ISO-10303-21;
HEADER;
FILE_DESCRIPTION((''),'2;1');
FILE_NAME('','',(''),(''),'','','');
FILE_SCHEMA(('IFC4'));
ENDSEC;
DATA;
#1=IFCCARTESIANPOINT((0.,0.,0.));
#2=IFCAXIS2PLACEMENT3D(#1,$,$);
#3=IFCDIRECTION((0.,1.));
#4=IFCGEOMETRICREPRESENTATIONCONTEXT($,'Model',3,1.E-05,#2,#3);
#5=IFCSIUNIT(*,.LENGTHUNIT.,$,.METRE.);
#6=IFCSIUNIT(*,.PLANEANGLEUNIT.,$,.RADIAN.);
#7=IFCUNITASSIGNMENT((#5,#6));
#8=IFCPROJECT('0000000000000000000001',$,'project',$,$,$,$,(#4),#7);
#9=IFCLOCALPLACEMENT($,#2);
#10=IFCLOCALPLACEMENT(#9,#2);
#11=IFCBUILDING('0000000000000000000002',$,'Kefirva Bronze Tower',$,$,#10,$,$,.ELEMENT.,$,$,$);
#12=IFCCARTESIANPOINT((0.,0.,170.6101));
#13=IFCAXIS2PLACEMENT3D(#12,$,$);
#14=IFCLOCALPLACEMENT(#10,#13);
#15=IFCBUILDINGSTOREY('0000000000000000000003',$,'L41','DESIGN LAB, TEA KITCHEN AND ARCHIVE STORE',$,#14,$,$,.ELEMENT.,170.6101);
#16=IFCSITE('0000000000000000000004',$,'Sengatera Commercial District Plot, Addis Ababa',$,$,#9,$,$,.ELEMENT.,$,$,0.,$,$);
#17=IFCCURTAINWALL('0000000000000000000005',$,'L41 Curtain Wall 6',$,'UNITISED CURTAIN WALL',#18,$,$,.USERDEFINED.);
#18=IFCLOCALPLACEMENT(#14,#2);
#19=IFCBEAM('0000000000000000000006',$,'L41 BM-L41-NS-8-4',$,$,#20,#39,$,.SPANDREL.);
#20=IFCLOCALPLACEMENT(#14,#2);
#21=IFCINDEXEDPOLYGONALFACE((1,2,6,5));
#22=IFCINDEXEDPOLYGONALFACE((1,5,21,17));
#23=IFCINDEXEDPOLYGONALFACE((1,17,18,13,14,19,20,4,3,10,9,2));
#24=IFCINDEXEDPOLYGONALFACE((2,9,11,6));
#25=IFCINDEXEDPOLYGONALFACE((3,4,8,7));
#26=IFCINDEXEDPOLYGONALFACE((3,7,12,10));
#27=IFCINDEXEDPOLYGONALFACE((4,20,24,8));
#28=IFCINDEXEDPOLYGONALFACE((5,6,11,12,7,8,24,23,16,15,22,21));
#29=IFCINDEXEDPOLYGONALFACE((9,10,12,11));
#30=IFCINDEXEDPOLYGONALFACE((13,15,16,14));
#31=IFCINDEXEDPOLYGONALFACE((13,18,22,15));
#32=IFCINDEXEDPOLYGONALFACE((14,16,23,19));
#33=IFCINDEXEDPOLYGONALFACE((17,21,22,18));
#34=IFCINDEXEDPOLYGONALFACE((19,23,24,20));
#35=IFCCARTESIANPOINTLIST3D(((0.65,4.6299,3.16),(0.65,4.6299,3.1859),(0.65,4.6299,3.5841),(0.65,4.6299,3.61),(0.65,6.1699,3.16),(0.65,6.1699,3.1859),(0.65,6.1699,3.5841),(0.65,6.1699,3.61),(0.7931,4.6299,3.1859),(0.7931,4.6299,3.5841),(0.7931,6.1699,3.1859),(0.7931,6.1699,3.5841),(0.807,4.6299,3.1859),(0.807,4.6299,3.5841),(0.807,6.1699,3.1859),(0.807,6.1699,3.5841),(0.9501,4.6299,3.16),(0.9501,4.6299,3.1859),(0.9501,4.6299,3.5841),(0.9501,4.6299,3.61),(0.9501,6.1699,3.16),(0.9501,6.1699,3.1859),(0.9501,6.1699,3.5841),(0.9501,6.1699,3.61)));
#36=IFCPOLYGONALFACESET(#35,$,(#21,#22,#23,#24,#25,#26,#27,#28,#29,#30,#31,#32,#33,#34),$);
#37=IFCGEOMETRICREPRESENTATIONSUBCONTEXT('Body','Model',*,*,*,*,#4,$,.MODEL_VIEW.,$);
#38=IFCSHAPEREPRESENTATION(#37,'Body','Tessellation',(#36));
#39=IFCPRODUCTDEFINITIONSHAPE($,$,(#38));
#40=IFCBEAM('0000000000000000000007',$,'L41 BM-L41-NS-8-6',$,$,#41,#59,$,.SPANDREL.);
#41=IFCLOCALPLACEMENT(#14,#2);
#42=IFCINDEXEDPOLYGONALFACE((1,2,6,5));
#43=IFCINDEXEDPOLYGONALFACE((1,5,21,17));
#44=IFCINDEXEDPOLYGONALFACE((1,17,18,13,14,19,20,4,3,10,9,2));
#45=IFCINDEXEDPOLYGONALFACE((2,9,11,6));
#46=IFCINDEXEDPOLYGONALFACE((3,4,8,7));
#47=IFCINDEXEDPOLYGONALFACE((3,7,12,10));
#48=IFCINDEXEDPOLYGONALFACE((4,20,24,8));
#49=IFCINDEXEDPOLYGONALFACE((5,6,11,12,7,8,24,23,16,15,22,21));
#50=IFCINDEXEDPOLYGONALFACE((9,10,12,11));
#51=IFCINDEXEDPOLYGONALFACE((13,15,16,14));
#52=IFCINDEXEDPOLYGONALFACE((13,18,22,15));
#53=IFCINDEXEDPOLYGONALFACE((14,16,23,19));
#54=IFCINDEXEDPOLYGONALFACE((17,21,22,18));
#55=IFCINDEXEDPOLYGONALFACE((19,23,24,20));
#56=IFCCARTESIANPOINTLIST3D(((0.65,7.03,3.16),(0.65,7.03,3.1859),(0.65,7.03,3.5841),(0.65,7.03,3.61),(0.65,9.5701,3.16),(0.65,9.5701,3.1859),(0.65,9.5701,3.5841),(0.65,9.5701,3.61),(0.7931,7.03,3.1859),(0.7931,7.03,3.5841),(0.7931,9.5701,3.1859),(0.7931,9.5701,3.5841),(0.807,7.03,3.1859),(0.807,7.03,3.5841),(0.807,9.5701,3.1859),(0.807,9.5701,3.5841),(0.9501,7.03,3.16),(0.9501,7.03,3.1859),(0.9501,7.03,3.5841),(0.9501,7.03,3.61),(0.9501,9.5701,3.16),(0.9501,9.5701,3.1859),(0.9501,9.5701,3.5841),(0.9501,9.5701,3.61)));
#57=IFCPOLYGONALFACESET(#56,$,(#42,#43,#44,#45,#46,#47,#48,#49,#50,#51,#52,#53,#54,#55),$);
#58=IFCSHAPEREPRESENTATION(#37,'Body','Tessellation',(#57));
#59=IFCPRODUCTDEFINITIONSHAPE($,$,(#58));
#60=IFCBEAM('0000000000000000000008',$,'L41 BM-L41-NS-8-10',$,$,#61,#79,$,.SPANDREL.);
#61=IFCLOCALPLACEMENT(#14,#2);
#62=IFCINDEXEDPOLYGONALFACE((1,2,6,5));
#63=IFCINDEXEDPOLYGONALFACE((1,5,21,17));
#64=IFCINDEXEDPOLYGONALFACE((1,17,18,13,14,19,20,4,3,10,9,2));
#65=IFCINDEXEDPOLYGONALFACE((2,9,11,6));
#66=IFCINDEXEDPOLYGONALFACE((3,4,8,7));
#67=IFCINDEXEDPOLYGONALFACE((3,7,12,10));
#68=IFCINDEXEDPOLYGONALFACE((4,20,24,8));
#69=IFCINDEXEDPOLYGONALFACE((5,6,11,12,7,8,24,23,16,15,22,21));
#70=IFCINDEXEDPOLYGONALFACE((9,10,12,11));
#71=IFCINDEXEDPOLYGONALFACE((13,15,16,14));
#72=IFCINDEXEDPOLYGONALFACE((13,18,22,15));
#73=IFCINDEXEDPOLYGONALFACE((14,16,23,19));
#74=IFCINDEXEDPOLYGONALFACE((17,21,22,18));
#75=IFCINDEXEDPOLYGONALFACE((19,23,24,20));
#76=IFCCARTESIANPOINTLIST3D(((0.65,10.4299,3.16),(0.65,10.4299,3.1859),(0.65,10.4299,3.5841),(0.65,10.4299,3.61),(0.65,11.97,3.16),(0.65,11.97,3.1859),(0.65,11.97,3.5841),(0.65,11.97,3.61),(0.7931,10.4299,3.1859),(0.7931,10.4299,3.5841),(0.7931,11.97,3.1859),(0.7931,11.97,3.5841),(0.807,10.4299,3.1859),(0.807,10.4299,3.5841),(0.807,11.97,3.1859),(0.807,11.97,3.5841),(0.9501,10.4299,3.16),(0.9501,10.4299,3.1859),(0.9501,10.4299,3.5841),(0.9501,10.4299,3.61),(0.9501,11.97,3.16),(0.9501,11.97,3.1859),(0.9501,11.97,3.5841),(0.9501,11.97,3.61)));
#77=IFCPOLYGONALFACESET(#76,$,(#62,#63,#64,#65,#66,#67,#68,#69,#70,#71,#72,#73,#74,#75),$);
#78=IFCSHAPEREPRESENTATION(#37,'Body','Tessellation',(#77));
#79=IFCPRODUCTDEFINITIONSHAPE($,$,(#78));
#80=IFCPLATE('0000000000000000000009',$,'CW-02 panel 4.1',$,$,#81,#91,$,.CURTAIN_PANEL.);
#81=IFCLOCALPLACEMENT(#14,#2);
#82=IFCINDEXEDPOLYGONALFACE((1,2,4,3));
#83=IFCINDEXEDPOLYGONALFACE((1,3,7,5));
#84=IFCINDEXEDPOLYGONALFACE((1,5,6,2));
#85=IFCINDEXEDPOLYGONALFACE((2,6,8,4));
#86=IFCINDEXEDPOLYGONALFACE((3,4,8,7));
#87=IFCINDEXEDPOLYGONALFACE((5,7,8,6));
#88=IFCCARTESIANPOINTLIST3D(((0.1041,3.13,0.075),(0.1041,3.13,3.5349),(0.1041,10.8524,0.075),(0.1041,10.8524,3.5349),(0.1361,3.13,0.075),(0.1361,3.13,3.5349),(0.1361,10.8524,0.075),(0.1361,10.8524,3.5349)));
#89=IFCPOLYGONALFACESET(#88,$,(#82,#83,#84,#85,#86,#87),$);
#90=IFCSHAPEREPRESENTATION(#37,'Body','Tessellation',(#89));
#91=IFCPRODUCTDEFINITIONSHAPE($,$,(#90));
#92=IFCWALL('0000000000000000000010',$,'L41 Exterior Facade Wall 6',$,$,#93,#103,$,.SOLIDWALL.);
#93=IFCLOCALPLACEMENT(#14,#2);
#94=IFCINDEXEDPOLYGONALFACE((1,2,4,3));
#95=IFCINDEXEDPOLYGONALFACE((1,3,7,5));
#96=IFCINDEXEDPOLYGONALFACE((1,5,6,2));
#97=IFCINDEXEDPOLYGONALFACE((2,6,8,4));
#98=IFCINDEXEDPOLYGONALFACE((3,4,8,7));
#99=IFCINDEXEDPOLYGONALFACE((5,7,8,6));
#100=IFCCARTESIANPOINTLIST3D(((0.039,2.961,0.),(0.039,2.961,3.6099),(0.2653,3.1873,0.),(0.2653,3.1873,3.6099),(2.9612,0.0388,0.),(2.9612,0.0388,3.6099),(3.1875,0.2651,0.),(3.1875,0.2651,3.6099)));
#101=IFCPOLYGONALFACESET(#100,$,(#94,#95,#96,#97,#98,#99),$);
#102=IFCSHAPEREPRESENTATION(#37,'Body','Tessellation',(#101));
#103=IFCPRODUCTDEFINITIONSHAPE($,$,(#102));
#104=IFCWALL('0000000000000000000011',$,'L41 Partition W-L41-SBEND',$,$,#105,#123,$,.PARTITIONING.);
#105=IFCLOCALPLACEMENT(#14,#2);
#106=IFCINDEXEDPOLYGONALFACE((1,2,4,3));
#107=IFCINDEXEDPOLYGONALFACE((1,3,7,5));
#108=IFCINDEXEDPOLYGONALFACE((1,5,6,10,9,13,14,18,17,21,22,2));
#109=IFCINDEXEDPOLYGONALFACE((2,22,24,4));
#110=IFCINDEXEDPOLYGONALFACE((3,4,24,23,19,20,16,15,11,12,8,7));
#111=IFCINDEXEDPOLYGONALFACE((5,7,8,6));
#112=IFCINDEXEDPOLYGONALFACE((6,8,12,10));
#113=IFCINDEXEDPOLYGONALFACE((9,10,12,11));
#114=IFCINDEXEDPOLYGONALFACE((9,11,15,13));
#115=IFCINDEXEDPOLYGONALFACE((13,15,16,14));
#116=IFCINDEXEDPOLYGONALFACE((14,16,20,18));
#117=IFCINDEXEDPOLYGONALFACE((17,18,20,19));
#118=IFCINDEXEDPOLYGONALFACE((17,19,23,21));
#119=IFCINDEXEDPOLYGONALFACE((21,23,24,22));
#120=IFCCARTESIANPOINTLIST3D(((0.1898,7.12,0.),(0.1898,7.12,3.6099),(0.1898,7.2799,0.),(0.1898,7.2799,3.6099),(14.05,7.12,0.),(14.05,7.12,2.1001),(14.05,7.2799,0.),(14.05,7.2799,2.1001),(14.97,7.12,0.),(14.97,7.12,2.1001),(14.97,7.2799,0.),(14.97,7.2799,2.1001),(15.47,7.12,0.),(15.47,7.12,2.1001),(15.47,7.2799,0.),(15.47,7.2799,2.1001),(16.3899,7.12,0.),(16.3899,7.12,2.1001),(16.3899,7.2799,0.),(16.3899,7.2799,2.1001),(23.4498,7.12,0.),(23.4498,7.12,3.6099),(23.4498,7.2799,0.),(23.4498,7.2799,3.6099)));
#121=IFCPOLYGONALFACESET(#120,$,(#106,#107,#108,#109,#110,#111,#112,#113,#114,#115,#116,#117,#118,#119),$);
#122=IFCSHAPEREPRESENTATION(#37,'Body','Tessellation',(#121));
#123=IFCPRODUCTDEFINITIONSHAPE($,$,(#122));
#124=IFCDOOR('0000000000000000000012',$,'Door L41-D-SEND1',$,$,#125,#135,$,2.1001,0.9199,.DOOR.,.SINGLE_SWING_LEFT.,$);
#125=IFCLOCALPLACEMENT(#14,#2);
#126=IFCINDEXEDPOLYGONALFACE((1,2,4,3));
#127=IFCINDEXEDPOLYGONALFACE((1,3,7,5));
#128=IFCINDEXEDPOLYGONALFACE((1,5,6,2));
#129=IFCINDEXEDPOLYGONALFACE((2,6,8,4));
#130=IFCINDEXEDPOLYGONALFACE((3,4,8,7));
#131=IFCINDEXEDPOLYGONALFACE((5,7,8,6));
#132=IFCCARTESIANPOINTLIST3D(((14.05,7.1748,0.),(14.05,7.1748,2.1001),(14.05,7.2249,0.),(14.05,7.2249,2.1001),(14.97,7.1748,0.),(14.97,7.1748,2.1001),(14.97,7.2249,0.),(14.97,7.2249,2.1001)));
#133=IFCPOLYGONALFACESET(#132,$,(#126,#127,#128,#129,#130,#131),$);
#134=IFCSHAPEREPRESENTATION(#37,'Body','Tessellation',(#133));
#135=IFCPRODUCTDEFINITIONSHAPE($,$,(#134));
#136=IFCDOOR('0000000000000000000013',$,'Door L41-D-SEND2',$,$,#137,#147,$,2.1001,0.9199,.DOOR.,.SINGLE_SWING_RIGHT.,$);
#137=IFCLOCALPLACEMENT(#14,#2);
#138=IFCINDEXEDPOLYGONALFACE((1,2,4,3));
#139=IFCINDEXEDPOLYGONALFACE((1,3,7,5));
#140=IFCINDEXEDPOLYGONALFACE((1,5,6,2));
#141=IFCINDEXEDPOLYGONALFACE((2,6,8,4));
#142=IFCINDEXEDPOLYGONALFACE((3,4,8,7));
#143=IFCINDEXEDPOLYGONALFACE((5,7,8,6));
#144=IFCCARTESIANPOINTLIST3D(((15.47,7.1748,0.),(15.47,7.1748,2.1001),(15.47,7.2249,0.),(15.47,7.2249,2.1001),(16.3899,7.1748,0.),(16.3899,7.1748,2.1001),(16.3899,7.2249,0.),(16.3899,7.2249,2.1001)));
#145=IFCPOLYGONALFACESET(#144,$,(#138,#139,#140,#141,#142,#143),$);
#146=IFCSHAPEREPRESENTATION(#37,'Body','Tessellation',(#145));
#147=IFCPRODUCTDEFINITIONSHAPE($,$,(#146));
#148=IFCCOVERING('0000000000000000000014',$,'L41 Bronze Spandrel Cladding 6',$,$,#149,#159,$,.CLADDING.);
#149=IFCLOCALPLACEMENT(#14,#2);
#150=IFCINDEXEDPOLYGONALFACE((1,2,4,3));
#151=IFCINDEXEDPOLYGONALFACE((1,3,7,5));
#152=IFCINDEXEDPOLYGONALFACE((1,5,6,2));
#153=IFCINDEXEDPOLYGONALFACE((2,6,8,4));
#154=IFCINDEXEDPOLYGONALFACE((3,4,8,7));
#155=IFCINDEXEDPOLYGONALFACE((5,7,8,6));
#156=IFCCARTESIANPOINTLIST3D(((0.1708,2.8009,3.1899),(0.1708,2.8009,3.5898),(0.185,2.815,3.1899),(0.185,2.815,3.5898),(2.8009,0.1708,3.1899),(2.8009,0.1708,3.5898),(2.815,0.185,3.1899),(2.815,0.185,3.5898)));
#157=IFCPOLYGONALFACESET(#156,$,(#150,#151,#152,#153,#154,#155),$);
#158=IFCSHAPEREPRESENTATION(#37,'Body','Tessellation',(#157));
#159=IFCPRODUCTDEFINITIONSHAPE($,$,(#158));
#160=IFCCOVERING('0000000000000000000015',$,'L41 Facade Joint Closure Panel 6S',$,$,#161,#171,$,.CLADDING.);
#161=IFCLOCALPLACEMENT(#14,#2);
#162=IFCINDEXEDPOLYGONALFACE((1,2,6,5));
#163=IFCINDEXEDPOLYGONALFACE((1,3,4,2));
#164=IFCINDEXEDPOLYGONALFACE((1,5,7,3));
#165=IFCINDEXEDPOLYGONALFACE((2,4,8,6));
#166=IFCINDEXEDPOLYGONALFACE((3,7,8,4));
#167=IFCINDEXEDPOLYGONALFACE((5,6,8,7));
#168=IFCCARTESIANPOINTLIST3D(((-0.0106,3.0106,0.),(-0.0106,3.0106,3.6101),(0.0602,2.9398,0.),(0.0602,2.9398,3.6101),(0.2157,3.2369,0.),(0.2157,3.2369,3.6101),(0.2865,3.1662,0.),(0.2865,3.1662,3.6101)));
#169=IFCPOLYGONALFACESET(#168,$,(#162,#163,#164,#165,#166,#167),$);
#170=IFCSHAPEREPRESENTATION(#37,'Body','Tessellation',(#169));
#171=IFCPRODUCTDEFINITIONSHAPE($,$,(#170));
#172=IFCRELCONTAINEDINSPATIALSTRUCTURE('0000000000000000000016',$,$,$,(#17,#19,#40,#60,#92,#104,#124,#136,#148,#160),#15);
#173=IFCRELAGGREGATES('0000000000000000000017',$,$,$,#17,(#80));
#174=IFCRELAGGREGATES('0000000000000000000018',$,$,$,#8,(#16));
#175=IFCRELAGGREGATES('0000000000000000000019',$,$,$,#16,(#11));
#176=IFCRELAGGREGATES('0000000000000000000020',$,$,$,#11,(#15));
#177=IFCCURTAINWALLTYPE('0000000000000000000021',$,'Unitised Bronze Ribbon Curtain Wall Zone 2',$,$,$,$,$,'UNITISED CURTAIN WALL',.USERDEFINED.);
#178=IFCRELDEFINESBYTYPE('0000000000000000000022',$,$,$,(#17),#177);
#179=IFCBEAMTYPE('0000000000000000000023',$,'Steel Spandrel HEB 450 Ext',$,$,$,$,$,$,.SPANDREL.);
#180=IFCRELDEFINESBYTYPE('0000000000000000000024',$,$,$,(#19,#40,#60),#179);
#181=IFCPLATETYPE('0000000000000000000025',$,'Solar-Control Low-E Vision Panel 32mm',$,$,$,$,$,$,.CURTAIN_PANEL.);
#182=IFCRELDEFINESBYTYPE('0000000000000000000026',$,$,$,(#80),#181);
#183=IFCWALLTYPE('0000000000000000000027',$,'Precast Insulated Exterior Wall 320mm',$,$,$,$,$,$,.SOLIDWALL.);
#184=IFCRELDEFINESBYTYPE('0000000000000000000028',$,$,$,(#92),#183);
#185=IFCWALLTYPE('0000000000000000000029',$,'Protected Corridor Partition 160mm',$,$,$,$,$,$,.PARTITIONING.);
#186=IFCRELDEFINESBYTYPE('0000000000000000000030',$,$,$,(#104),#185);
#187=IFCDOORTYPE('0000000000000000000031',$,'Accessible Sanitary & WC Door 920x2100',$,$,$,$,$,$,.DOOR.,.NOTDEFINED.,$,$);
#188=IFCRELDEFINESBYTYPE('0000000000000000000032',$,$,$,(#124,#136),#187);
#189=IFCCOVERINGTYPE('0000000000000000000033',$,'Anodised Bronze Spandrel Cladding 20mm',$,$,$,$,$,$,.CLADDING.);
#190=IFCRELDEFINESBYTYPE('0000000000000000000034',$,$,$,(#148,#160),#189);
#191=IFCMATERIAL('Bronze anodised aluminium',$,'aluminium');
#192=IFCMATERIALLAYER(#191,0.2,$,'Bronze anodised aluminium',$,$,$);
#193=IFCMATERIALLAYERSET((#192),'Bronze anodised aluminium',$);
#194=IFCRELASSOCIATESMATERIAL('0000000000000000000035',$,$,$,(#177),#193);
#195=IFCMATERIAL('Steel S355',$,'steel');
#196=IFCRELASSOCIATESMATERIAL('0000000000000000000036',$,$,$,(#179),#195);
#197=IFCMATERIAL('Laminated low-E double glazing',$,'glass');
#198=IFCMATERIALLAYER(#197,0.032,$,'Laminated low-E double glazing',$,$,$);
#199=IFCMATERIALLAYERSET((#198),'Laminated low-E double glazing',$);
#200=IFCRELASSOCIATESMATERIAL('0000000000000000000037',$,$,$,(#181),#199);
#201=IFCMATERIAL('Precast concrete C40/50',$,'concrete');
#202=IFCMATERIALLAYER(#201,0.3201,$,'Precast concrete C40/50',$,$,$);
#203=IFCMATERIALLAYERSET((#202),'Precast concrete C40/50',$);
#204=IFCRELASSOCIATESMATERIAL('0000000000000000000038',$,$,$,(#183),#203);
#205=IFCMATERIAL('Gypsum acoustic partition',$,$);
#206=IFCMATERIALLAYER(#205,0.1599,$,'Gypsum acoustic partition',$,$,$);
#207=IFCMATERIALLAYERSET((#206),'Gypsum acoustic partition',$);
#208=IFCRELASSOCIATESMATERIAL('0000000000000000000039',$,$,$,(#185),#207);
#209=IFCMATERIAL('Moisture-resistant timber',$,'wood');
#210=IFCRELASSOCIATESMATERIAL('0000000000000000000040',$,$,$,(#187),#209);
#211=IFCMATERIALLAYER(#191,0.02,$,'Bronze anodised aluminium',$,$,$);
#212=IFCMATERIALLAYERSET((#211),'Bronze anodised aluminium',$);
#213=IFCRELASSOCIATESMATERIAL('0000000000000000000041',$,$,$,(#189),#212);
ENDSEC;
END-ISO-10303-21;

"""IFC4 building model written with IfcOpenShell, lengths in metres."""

from ifc_helpers import new_model, si_unit, direction, frame, frame_2d, origin, origin_2d, place, context, subcontext, project, spatial, rectangle, i_section, extrude, material, layer, layer_set, material_profile, profile_set, type_object, element, fill, aggregate, save


model = new_model("IFC4")

# Units and contexts
model_context = context("Model", 3, precision=1e-05, world=origin(), true_north=direction((0.0, 1.0)))
body_context = subcontext(model_context, "Body", "Model", "MODEL_VIEW")
ifc_project = project(units=[si_unit("LENGTHUNIT", "METRE"), si_unit("PLANEANGLEUNIT", "RADIAN")], contexts=[model_context])

# Site, building, storey
site_placement = place(None, origin())
site = spatial("IfcSite", under=ifc_project, at=site_placement, Name="Sengatera Commercial District Plot, Addis Ababa", CompositionType="ELEMENT", RefElevation=0.0)
building_placement = place(site_placement, origin())
building = spatial("IfcBuilding", under=site, at=building_placement, Name="Kefirva Bronze Tower", CompositionType="ELEMENT")
storey_placement = place(building_placement, frame((0.0, 0.0, 170.6101)))
storey = spatial("IfcBuildingStorey", under=building, at=storey_placement, Name="L41", Description="DESIGN LAB, TEA KITCHEN AND ARCHIVE STORE", CompositionType="ELEMENT", Elevation=170.6101)

# Curtain wall
ifc_material_1 = material(Name="Bronze anodised aluminium", Category="aluminium")
ifc_layer_1 = layer(ifc_material_1, 0.2, Name="Bronze anodised aluminium")
ifc_layer_set_1 = layer_set([ifc_layer_1], Name="Bronze anodised aluminium")
curtain_wall_type = type_object("IfcCurtainWallType", Name="Unitised Bronze Ribbon Curtain Wall Zone 2", ElementType="UNITISED CURTAIN WALL", PredefinedType="USERDEFINED", material=ifc_layer_set_1)
curtain_wall_placement = place(storey_placement, origin())
curtain_wall = element("IfcCurtainWall", 1, at=curtain_wall_placement, inside=storey, type_object=curtain_wall_type, Name="L41 Curtain Wall 6", ObjectType="UNITISED CURTAIN WALL", PredefinedType="USERDEFINED")

# Beams
ifc_material_2 = material(Name="Steel S355", Category="steel")
ifc_material_profile_1 = material_profile(ifc_material_2, i_section(OverallWidth=0.3, OverallDepth=0.45, WebThickness=0.0139, FlangeThickness=0.0259, at=origin_2d()), Name="HEB 450")
ifc_profile_set_1 = profile_set([ifc_material_profile_1], Name="Steel S355")
beam_type_1 = type_object("IfcBeamType", Name="Steel Spandrel HEB 450 Ext", PredefinedType="SPANDREL", material=ifc_profile_set_1)
beam_1_placement = place(storey_placement, frame((0.8, 4.6299, 3.385), z_axis=(0.0, 1.0, 0.0), x_axis=(-1.0, 0.0, 0.0)))
element("IfcBeam", 2, at=beam_1_placement, inside=storey, type_object=beam_type_1, Name="L41 BM-L41-NS-8-4", PredefinedType="SPANDREL", context=body_context, shape_type="SweptSolid", body=[
    extrude(i_section(OverallWidth=0.3, OverallDepth=0.45, WebThickness=0.0139, FlangeThickness=0.0259, at=origin_2d()), origin(), (0.0, 0.0, 1.0), 1.54),
])
beam_2_placement = place(storey_placement, frame((0.8, 7.03, 3.385), z_axis=(0.0, 1.0, 0.0), x_axis=(-1.0, 0.0, 0.0)))
element("IfcBeam", 3, at=beam_2_placement, inside=storey, type_object=beam_type_1, Name="L41 BM-L41-NS-8-6", PredefinedType="SPANDREL", context=body_context, shape_type="SweptSolid", body=[
    extrude(i_section(OverallWidth=0.3, OverallDepth=0.45, WebThickness=0.0139, FlangeThickness=0.0259, at=origin_2d()), origin(), (0.0, 0.0, 1.0), 2.54),
])
beam_3_placement = place(storey_placement, frame((0.8, 10.4299, 3.385), z_axis=(0.0, 1.0, 0.0), x_axis=(-1.0, 0.0, 0.0)))
element("IfcBeam", 4, at=beam_3_placement, inside=storey, type_object=beam_type_1, Name="L41 BM-L41-NS-8-10", PredefinedType="SPANDREL", context=body_context, shape_type="SweptSolid", body=[
    extrude(i_section(OverallWidth=0.3, OverallDepth=0.45, WebThickness=0.0139, FlangeThickness=0.0259, at=origin_2d()), origin(), (0.0, 0.0, 1.0), 1.54),
])

# Plate
ifc_material_3 = material(Name="Laminated low-E double glazing", Category="glass")
ifc_layer_2 = layer(ifc_material_3, 0.032, Name="Laminated low-E double glazing")
ifc_layer_set_2 = layer_set([ifc_layer_2], Name="Laminated low-E double glazing")
plate_type = type_object("IfcPlateType", Name="Solar-Control Low-E Vision Panel 32mm", PredefinedType="CURTAIN_PANEL", material=ifc_layer_set_2)
plate_placement = place(storey_placement, frame((0.1201, 6.9912, 0.075), z_axis=(0.0, 0.0, 1.0), x_axis=(0.0, -1.0, 0.0)))
plate = element("IfcPlate", 5, at=plate_placement, type_object=plate_type, Name="CW-02 panel 4.1", PredefinedType="CURTAIN_PANEL", context=body_context, shape_type="SweptSolid", body=[
    extrude(rectangle(XDim=7.7224, YDim=0.032, at=origin_2d()), origin(), (0.0, 0.0, 1.0), 3.46),
])
aggregate(curtain_wall, [plate])

# Wall
ifc_material_4 = material(Name="Precast concrete C40/50", Category="concrete")
ifc_layer_3 = layer(ifc_material_4, 0.3201, Name="Precast concrete C40/50")
ifc_layer_set_3 = layer_set([ifc_layer_3], Name="Precast concrete C40/50")
wall_type_1 = type_object("IfcWallType", Name="Precast Insulated Exterior Wall 320mm", PredefinedType="SOLIDWALL", material=ifc_layer_set_3)
wall_1_placement = place(storey_placement, frame((0.1521, 3.0742, 0.0), z_axis=(0.0, 0.0, 1.0), x_axis=(0.707107, -0.707107, 0.0)))
element("IfcWall", 6, at=wall_1_placement, inside=storey, type_object=wall_type_1, Name="L41 Exterior Facade Wall 6", PredefinedType="SOLIDWALL", context=body_context, shape_type="SweptSolid", body=[
    extrude(rectangle(XDim=4.1326, YDim=0.3201, at=frame_2d((2.0664, 0.0))), origin(), (0.0, 0.0, 1.0), 3.6099),
])

# Wall, openings, doors
ifc_material_5 = material(Name="Gypsum acoustic partition")
ifc_layer_4 = layer(ifc_material_5, 0.1599, Name="Gypsum acoustic partition")
ifc_layer_set_4 = layer_set([ifc_layer_4], Name="Gypsum acoustic partition")
wall_type_2 = type_object("IfcWallType", Name="Protected Corridor Partition 160mm", PredefinedType="PARTITIONING", material=ifc_layer_set_4)
wall_2_placement = place(storey_placement, frame((0.1899, 7.2, 0.0), z_axis=(0.0, 0.0, 1.0), x_axis=(1.0, 0.0, 0.0)))
wall_2 = element("IfcWall", 7, at=wall_2_placement, inside=storey, type_object=wall_type_2, Name="L41 Partition W-L41-SBEND", PredefinedType="PARTITIONING", context=body_context, shape_type="SweptSolid", body=[
    extrude(rectangle(XDim=23.26, YDim=0.1599, at=frame_2d((11.6299, 0.0))), origin(), (0.0, 0.0, 1.0), 3.6099),
])
opening_1_placement = place(wall_2_placement, frame((13.8601, 0.0, 0.0)))
opening_1 = element("IfcOpeningElement", 8, at=opening_1_placement, cuts=wall_2, PredefinedType="OPENING", context=body_context, shape_type="SweptSolid", body=[
    extrude(rectangle(XDim=0.9199, YDim=2.1001, at=frame_2d((0.46, 1.05))), frame((0.0, 0.0898, 0.0), z_axis=(0.0, -1.0, 0.0), x_axis=(1.0, 0.0, 0.0)), (0.0, 0.0, 1.0), 0.1799),
])
opening_2_placement = place(wall_2_placement, frame((15.28, 0.0, 0.0)))
opening_2 = element("IfcOpeningElement", 9, at=opening_2_placement, cuts=wall_2, PredefinedType="OPENING", context=body_context, shape_type="SweptSolid", body=[
    extrude(rectangle(XDim=0.9199, YDim=2.1001, at=frame_2d((0.46, 1.05))), frame((0.0, 0.0898, 0.0), z_axis=(0.0, -1.0, 0.0), x_axis=(1.0, 0.0, 0.0)), (0.0, 0.0, 1.0), 0.1799),
])
ifc_material_6 = material(Name="Moisture-resistant timber", Category="wood")
door_type = type_object("IfcDoorType", Name="Accessible Sanitary & WC Door 920x2100", OperationType="NOTDEFINED", PredefinedType="DOOR", material=ifc_material_6)
door_1_placement = place(opening_1_placement, origin())
door_1 = element("IfcDoor", 10, at=door_1_placement, inside=storey, type_object=door_type, Name="Door L41-D-SEND1", OperationType="SINGLE_SWING_LEFT", OverallHeight=2.1001, OverallWidth=0.9199, PredefinedType="DOOR", context=body_context, shape_type="SweptSolid", body=[
    extrude(rectangle(XDim=0.9199, YDim=2.1001, at=frame_2d((0.46, 1.05))), frame((0.0, 0.0249, 0.0), z_axis=(0.0, -1.0, 0.0), x_axis=(1.0, 0.0, 0.0)), (0.0, 0.0, 1.0), 0.05),
])
fill(opening_1, door_1)
door_2_placement = place(opening_2_placement, origin())
door_2 = element("IfcDoor", 11, at=door_2_placement, inside=storey, type_object=door_type, Name="Door L41-D-SEND2", OperationType="SINGLE_SWING_RIGHT", OverallHeight=2.1001, OverallWidth=0.9199, PredefinedType="DOOR", context=body_context, shape_type="SweptSolid", body=[
    extrude(rectangle(XDim=0.9199, YDim=2.1001, at=frame_2d((0.46, 1.05))), frame((0.0, 0.0249, 0.0), z_axis=(0.0, -1.0, 0.0), x_axis=(1.0, 0.0, 0.0)), (0.0, 0.0, 1.0), 0.05),
])
fill(opening_2, door_2)

# Coverings
ifc_layer_5 = layer(ifc_material_1, 0.02, Name="Bronze anodised aluminium")
ifc_layer_set_5 = layer_set([ifc_layer_5], Name="Bronze anodised aluminium")
covering_type_1 = type_object("IfcCoveringType", Name="Anodised Bronze Spandrel Cladding 20mm", PredefinedType="CLADDING", material=ifc_layer_set_5)
covering_1_placement = place(storey_placement, frame((1.4929, 1.4929, 3.1899), z_axis=(0.0, 0.0, 1.0), x_axis=(0.707107, -0.707107, 0.0)))
element("IfcCovering", 12, at=covering_1_placement, inside=storey, type_object=covering_type_1, Name="L41 Bronze Spandrel Cladding 6", PredefinedType="CLADDING", context=body_context, shape_type="SweptSolid", body=[
    extrude(rectangle(XDim=3.7195, YDim=0.02, at=origin_2d()), origin(), (0.0, 0.0, 1.0), 0.3999),
])
covering_2_placement = place(storey_placement, frame((0.1379, 3.0884, 0.0), z_axis=(0.0, 0.0, 1.0), x_axis=(0.707107, -0.707107, 0.0)))
element("IfcCovering", 13, at=covering_2_placement, inside=storey, type_object=covering_type_1, Name="L41 Facade Joint Closure Panel 6S", PredefinedType="CLADDING", context=body_context, shape_type="SweptSolid", body=[
    extrude(rectangle(XDim=0.1001, YDim=0.3201, at=origin_2d()), origin(), (0.0, 0.0, 1.0), 3.6101),
])

save(model, "model.ifc")
